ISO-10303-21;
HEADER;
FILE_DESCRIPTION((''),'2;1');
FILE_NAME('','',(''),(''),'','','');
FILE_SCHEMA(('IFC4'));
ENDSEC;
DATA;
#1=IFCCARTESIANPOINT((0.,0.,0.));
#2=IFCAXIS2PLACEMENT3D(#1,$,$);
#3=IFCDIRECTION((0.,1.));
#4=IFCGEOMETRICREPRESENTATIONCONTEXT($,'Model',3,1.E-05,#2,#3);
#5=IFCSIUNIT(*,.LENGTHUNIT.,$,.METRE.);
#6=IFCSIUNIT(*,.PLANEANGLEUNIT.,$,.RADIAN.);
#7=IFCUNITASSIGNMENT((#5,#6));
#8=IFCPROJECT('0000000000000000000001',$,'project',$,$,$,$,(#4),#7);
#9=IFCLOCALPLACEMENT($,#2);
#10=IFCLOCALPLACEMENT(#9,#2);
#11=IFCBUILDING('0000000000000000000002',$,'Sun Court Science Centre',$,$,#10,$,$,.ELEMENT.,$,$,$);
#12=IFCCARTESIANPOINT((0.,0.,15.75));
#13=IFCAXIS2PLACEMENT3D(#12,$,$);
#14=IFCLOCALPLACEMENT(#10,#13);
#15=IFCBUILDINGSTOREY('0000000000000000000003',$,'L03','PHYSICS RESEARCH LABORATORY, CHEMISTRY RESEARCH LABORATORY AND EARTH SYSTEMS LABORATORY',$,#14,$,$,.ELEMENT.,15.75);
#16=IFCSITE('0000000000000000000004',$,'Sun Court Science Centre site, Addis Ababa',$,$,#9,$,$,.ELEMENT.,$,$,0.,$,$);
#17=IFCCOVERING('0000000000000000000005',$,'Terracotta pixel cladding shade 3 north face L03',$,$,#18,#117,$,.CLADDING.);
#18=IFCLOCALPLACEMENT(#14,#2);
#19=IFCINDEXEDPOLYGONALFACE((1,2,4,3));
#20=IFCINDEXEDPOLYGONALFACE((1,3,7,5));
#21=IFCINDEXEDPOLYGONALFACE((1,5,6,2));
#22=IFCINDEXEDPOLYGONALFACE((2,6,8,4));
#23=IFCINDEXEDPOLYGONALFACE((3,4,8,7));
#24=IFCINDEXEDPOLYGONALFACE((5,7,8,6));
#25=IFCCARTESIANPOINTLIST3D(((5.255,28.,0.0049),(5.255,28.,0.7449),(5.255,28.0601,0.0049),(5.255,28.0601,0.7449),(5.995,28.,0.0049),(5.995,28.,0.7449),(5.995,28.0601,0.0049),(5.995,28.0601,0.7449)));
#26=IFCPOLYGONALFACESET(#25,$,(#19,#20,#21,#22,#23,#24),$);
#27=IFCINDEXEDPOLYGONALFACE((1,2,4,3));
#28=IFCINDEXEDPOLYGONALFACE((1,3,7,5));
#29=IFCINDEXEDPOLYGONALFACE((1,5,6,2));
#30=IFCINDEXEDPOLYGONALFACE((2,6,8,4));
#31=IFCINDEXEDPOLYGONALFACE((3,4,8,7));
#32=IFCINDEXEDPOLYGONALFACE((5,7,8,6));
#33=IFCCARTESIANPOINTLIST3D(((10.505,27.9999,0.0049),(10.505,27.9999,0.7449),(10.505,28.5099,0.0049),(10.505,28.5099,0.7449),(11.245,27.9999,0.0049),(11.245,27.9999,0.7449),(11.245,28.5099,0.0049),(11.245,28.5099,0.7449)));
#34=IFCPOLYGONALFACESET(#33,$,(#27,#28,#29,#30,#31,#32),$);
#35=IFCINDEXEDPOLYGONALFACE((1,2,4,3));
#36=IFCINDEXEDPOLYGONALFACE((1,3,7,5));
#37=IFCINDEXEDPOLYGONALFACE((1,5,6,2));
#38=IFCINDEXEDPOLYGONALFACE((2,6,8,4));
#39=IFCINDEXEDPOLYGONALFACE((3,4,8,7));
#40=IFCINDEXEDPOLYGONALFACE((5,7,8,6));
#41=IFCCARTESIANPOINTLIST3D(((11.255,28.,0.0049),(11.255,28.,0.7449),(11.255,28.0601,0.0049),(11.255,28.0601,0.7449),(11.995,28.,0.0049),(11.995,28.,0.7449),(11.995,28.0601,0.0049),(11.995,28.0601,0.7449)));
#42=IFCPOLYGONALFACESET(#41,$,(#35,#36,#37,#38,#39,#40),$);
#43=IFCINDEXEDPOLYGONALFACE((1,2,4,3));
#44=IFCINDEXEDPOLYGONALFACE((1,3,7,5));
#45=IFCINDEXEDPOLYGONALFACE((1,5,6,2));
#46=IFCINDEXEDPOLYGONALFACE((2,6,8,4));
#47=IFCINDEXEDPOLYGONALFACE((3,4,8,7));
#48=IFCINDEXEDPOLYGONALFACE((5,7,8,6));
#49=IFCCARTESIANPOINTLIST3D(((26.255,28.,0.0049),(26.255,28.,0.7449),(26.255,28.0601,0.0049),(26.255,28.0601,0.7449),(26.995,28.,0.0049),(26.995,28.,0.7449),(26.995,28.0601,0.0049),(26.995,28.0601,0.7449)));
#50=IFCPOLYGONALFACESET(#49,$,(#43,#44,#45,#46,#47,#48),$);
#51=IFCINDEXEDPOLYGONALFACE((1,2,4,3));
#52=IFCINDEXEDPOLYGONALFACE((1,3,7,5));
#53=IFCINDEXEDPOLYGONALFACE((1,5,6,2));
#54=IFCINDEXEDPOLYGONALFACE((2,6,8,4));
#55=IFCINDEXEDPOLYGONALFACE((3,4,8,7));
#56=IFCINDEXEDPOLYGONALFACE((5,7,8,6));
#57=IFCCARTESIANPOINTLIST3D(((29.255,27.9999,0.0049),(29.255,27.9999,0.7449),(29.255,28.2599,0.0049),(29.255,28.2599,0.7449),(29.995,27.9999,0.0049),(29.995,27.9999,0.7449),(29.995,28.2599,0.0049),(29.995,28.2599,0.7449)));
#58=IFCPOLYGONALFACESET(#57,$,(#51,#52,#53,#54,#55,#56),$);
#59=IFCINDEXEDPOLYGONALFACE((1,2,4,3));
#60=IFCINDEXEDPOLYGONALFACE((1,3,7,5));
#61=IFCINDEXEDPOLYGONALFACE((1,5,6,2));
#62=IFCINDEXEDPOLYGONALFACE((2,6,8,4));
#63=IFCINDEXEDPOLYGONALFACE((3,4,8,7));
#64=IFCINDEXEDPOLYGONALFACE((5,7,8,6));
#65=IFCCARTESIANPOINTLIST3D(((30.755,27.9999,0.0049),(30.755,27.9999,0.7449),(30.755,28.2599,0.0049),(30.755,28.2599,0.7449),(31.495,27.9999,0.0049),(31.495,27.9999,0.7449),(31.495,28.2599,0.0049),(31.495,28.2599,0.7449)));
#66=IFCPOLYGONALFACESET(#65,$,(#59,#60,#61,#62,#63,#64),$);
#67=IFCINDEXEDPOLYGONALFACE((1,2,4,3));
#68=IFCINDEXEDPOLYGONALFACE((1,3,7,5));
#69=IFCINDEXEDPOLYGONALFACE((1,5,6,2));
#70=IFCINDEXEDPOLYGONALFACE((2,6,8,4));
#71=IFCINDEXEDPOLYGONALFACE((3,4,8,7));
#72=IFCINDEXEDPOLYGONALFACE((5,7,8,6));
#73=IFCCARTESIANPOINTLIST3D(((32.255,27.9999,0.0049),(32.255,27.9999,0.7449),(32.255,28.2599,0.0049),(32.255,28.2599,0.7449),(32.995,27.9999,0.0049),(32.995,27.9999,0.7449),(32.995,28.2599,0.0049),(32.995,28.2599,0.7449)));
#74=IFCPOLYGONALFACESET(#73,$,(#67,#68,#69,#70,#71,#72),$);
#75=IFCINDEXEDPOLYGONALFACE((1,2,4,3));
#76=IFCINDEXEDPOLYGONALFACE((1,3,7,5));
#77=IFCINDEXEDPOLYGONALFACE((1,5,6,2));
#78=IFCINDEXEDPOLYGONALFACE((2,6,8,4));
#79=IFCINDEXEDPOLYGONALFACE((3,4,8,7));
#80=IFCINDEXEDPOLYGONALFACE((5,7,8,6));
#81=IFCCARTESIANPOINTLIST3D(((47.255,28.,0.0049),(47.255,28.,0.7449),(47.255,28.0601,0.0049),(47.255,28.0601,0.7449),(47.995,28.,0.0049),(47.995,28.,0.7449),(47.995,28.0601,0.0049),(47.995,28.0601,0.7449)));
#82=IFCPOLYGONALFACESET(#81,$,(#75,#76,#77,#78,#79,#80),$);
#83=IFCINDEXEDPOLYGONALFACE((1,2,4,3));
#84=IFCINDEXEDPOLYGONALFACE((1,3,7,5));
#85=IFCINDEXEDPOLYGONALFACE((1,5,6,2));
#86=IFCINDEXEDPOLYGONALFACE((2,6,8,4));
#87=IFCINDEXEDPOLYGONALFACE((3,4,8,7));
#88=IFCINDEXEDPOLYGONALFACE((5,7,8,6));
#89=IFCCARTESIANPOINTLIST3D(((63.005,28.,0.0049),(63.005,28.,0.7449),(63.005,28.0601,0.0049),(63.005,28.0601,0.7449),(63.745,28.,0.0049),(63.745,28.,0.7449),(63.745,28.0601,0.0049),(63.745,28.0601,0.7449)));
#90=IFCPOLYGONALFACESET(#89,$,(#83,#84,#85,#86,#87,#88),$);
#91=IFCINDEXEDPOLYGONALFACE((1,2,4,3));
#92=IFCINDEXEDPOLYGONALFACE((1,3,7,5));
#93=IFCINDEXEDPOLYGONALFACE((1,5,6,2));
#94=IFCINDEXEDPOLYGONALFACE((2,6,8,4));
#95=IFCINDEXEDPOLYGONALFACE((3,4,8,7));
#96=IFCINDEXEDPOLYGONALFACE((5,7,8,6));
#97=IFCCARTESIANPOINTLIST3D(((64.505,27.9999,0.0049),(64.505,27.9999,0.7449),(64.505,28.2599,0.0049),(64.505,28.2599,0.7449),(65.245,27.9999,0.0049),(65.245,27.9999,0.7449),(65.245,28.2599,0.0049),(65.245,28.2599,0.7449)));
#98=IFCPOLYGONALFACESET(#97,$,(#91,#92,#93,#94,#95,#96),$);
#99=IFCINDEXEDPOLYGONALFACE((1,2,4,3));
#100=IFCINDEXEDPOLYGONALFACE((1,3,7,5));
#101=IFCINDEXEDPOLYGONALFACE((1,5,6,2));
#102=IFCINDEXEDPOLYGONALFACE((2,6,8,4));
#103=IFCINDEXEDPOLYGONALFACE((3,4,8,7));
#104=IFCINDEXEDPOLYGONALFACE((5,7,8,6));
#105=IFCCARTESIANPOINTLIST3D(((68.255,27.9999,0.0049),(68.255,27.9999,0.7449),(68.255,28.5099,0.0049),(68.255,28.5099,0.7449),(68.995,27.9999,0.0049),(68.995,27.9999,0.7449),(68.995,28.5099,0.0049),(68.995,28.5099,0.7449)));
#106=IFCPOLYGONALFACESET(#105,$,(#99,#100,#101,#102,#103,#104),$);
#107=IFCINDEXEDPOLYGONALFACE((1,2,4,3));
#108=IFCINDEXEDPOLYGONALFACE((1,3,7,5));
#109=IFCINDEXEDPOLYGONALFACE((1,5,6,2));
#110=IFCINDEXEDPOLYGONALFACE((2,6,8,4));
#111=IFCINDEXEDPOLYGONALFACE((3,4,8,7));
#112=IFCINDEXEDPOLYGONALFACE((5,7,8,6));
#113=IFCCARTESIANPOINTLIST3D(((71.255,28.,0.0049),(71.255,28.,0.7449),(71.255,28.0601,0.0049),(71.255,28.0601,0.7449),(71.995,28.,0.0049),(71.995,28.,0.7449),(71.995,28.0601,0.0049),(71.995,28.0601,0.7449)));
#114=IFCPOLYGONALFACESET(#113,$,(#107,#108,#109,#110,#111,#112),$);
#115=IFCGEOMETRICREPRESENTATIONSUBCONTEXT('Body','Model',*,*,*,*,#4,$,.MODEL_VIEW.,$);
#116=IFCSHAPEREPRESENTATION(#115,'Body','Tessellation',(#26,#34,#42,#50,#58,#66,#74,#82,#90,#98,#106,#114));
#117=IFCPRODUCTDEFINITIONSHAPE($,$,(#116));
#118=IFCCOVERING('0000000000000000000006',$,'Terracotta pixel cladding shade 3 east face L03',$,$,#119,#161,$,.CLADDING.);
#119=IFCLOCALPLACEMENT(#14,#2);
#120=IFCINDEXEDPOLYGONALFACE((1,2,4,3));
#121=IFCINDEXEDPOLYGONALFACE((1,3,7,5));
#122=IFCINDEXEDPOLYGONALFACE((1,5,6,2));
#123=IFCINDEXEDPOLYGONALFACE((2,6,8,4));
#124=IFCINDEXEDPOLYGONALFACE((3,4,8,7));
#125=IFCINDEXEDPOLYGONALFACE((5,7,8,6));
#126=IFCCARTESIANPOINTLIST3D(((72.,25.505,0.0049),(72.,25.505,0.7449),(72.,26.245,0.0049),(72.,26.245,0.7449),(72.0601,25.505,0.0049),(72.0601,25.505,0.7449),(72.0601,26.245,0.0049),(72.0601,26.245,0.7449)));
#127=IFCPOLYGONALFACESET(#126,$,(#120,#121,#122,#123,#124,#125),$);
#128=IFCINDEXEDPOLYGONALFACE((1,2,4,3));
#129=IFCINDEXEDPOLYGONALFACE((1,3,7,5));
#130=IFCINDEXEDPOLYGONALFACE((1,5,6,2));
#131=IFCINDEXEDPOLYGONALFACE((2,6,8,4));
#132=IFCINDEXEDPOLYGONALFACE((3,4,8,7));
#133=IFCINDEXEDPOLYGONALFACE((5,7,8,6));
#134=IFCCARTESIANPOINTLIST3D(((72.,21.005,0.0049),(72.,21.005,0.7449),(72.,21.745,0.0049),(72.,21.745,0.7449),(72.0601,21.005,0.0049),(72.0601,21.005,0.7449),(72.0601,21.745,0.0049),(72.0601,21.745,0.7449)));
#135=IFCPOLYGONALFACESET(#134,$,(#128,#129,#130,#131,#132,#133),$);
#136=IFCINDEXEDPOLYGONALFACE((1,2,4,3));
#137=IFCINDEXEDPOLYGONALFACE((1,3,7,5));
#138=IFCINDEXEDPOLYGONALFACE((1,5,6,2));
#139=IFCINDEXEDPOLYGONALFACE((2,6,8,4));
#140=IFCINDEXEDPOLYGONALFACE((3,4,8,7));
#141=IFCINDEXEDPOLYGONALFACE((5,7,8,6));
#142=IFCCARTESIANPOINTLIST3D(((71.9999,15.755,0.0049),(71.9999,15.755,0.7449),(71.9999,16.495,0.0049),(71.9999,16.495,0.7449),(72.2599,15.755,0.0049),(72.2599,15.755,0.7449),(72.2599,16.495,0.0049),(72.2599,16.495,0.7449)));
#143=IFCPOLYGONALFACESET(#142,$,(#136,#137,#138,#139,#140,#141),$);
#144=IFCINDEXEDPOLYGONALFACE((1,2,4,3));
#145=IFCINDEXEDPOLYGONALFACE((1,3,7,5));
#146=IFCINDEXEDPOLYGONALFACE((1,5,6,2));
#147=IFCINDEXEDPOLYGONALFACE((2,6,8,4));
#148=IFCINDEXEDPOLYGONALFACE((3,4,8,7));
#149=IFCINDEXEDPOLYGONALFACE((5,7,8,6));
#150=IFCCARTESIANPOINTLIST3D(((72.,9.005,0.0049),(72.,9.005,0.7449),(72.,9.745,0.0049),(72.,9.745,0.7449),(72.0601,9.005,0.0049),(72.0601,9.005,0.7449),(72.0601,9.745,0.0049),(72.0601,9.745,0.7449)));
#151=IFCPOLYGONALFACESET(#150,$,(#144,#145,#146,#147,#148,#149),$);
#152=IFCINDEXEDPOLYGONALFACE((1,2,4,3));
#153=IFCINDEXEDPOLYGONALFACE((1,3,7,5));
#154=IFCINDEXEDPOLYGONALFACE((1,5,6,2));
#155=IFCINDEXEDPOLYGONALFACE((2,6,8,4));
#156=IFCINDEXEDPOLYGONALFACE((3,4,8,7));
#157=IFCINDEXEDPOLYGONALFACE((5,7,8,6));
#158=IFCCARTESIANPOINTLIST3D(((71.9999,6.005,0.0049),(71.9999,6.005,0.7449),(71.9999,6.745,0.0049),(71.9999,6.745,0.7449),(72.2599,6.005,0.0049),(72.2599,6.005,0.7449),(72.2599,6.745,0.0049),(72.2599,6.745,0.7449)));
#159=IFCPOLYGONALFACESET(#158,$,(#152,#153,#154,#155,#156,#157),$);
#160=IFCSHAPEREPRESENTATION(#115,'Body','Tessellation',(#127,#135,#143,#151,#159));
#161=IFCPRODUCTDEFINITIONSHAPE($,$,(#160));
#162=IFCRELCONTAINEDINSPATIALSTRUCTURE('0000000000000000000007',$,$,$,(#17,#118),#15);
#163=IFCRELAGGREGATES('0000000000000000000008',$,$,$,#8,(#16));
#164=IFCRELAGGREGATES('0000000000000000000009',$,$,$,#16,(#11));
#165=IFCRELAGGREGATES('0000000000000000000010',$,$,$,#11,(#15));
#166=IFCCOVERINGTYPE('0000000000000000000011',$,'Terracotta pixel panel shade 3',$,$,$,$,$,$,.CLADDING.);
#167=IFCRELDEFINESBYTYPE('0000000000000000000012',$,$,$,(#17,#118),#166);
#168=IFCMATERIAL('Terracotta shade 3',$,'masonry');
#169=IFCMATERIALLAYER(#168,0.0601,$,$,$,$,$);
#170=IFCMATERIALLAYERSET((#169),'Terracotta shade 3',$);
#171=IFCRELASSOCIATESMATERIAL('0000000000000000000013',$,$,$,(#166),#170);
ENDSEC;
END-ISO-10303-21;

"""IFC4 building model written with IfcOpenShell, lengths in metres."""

from ifc_helpers import new_model, si_unit, direction, frame, origin, origin_2d, place, context, subcontext, project, spatial, rectangle, extrude, material, layer, layer_set, type_object, element, save


model = new_model("IFC4")

# Units and contexts
model_context = context("Model", 3, precision=1e-05, world=origin(), true_north=direction((0.0, 1.0)))
body_context = subcontext(model_context, "Body", "Model", "MODEL_VIEW")
ifc_project = project(units=[si_unit("LENGTHUNIT", "METRE"), si_unit("PLANEANGLEUNIT", "RADIAN")], contexts=[model_context])

# Site, building, storey
site_placement = place(None, origin())
site = spatial("IfcSite", under=ifc_project, at=site_placement, Name="Sun Court Science Centre site, Addis Ababa", CompositionType="ELEMENT", RefElevation=0.0)
building_placement = place(site_placement, origin())
building = spatial("IfcBuilding", under=site, at=building_placement, Name="Sun Court Science Centre", CompositionType="ELEMENT")
storey_placement = place(building_placement, frame((0.0, 0.0, 15.75)))
storey = spatial("IfcBuildingStorey", under=building, at=storey_placement, Name="L03", Description="PHYSICS RESEARCH LABORATORY, CHEMISTRY RESEARCH LABORATORY AND EARTH SYSTEMS LABORATORY", CompositionType="ELEMENT", Elevation=15.75)

# Coverings
ifc_material_1 = material(Name="Terracotta shade 3", Category="masonry")
ifc_layer_1 = layer(ifc_material_1, 0.0601)
ifc_layer_set_1 = layer_set([ifc_layer_1], Name="Terracotta shade 3")
covering_type_1 = type_object("IfcCoveringType", Name="Terracotta pixel panel shade 3", PredefinedType="CLADDING", material=ifc_layer_set_1)
covering_1_placement = place(storey_placement, frame((0.0, 0.0, -15.75)))
element("IfcCovering", 1, at=covering_1_placement, inside=storey, type_object=covering_type_1, Name="Terracotta pixel cladding shade 3 north face L03", PredefinedType="CLADDING", context=body_context, shape_type="SweptSolid", body=[
    extrude(rectangle(XDim=0.74, YDim=0.0601, at=origin_2d()), frame((5.625, 28.03, 15.7549), z_axis=(0.0, 0.0, 1.0), x_axis=(1.0, 0.0, 0.0)), (0.0, 0.0, 1.0), 0.74),
    extrude(rectangle(XDim=0.74, YDim=0.51, at=origin_2d()), frame((10.875, 28.2549, 15.7549), z_axis=(0.0, 0.0, 1.0), x_axis=(1.0, 0.0, 0.0)), (0.0, 0.0, 1.0), 0.74),
    extrude(rectangle(XDim=0.74, YDim=0.0601, at=origin_2d()), frame((11.625, 28.03, 15.7549), z_axis=(0.0, 0.0, 1.0), x_axis=(1.0, 0.0, 0.0)), (0.0, 0.0, 1.0), 0.74),
    extrude(rectangle(XDim=0.74, YDim=0.0601, at=origin_2d()), frame((26.625, 28.03, 15.7549), z_axis=(0.0, 0.0, 1.0), x_axis=(1.0, 0.0, 0.0)), (0.0, 0.0, 1.0), 0.74),
    extrude(rectangle(XDim=0.74, YDim=0.26, at=origin_2d()), frame((29.625, 28.1299, 15.7549), z_axis=(0.0, 0.0, 1.0), x_axis=(1.0, 0.0, 0.0)), (0.0, 0.0, 1.0), 0.74),
    extrude(rectangle(XDim=0.74, YDim=0.26, at=origin_2d()), frame((31.125, 28.1299, 15.7549), z_axis=(0.0, 0.0, 1.0), x_axis=(1.0, 0.0, 0.0)), (0.0, 0.0, 1.0), 0.74),
    extrude(rectangle(XDim=0.74, YDim=0.26, at=origin_2d()), frame((32.625, 28.1299, 15.7549), z_axis=(0.0, 0.0, 1.0), x_axis=(1.0, 0.0, 0.0)), (0.0, 0.0, 1.0), 0.74),
    extrude(rectangle(XDim=0.74, YDim=0.0601, at=origin_2d()), frame((47.625, 28.03, 15.7549), z_axis=(0.0, 0.0, 1.0), x_axis=(1.0, 0.0, 0.0)), (0.0, 0.0, 1.0), 0.74),
    extrude(rectangle(XDim=0.74, YDim=0.0601, at=origin_2d()), frame((63.375, 28.03, 15.7549), z_axis=(0.0, 0.0, 1.0), x_axis=(1.0, 0.0, 0.0)), (0.0, 0.0, 1.0), 0.74),
    extrude(rectangle(XDim=0.74, YDim=0.26, at=origin_2d()), frame((64.875, 28.1299, 15.7549), z_axis=(0.0, 0.0, 1.0), x_axis=(1.0, 0.0, 0.0)), (0.0, 0.0, 1.0), 0.74),
    extrude(rectangle(XDim=0.74, YDim=0.51, at=origin_2d()), frame((68.625, 28.2549, 15.7549), z_axis=(0.0, 0.0, 1.0), x_axis=(1.0, 0.0, 0.0)), (0.0, 0.0, 1.0), 0.74),
    extrude(rectangle(XDim=0.74, YDim=0.0601, at=origin_2d()), frame((71.625, 28.03, 15.7549), z_axis=(0.0, 0.0, 1.0), x_axis=(1.0, 0.0, 0.0)), (0.0, 0.0, 1.0), 0.74),
])
covering_2_placement = place(storey_placement, frame((0.0, 0.0, -15.75)))
element("IfcCovering", 2, at=covering_2_placement, inside=storey, type_object=covering_type_1, Name="Terracotta pixel cladding shade 3 east face L03", PredefinedType="CLADDING", context=body_context, shape_type="SweptSolid", body=[
    extrude(rectangle(XDim=0.74, YDim=0.0601, at=origin_2d()), frame((72.03, 25.875, 15.7549), z_axis=(0.0, 0.0, 1.0), x_axis=(0.0, -1.0, 0.0)), (0.0, 0.0, 1.0), 0.74),
    extrude(rectangle(XDim=0.74, YDim=0.0601, at=origin_2d()), frame((72.03, 21.375, 15.7549), z_axis=(0.0, 0.0, 1.0), x_axis=(0.0, -1.0, 0.0)), (0.0, 0.0, 1.0), 0.74),
    extrude(rectangle(XDim=0.74, YDim=0.26, at=origin_2d()), frame((72.1299, 16.125, 15.7549), z_axis=(0.0, 0.0, 1.0), x_axis=(0.0, -1.0, 0.0)), (0.0, 0.0, 1.0), 0.74),
    extrude(rectangle(XDim=0.74, YDim=0.0601, at=origin_2d()), frame((72.03, 9.375, 15.7549), z_axis=(0.0, 0.0, 1.0), x_axis=(0.0, -1.0, 0.0)), (0.0, 0.0, 1.0), 0.74),
    extrude(rectangle(XDim=0.74, YDim=0.26, at=origin_2d()), frame((72.1299, 6.375, 15.7549), z_axis=(0.0, 0.0, 1.0), x_axis=(0.0, -1.0, 0.0)), (0.0, 0.0, 1.0), 0.74),
])

save(model, "model.ifc")
